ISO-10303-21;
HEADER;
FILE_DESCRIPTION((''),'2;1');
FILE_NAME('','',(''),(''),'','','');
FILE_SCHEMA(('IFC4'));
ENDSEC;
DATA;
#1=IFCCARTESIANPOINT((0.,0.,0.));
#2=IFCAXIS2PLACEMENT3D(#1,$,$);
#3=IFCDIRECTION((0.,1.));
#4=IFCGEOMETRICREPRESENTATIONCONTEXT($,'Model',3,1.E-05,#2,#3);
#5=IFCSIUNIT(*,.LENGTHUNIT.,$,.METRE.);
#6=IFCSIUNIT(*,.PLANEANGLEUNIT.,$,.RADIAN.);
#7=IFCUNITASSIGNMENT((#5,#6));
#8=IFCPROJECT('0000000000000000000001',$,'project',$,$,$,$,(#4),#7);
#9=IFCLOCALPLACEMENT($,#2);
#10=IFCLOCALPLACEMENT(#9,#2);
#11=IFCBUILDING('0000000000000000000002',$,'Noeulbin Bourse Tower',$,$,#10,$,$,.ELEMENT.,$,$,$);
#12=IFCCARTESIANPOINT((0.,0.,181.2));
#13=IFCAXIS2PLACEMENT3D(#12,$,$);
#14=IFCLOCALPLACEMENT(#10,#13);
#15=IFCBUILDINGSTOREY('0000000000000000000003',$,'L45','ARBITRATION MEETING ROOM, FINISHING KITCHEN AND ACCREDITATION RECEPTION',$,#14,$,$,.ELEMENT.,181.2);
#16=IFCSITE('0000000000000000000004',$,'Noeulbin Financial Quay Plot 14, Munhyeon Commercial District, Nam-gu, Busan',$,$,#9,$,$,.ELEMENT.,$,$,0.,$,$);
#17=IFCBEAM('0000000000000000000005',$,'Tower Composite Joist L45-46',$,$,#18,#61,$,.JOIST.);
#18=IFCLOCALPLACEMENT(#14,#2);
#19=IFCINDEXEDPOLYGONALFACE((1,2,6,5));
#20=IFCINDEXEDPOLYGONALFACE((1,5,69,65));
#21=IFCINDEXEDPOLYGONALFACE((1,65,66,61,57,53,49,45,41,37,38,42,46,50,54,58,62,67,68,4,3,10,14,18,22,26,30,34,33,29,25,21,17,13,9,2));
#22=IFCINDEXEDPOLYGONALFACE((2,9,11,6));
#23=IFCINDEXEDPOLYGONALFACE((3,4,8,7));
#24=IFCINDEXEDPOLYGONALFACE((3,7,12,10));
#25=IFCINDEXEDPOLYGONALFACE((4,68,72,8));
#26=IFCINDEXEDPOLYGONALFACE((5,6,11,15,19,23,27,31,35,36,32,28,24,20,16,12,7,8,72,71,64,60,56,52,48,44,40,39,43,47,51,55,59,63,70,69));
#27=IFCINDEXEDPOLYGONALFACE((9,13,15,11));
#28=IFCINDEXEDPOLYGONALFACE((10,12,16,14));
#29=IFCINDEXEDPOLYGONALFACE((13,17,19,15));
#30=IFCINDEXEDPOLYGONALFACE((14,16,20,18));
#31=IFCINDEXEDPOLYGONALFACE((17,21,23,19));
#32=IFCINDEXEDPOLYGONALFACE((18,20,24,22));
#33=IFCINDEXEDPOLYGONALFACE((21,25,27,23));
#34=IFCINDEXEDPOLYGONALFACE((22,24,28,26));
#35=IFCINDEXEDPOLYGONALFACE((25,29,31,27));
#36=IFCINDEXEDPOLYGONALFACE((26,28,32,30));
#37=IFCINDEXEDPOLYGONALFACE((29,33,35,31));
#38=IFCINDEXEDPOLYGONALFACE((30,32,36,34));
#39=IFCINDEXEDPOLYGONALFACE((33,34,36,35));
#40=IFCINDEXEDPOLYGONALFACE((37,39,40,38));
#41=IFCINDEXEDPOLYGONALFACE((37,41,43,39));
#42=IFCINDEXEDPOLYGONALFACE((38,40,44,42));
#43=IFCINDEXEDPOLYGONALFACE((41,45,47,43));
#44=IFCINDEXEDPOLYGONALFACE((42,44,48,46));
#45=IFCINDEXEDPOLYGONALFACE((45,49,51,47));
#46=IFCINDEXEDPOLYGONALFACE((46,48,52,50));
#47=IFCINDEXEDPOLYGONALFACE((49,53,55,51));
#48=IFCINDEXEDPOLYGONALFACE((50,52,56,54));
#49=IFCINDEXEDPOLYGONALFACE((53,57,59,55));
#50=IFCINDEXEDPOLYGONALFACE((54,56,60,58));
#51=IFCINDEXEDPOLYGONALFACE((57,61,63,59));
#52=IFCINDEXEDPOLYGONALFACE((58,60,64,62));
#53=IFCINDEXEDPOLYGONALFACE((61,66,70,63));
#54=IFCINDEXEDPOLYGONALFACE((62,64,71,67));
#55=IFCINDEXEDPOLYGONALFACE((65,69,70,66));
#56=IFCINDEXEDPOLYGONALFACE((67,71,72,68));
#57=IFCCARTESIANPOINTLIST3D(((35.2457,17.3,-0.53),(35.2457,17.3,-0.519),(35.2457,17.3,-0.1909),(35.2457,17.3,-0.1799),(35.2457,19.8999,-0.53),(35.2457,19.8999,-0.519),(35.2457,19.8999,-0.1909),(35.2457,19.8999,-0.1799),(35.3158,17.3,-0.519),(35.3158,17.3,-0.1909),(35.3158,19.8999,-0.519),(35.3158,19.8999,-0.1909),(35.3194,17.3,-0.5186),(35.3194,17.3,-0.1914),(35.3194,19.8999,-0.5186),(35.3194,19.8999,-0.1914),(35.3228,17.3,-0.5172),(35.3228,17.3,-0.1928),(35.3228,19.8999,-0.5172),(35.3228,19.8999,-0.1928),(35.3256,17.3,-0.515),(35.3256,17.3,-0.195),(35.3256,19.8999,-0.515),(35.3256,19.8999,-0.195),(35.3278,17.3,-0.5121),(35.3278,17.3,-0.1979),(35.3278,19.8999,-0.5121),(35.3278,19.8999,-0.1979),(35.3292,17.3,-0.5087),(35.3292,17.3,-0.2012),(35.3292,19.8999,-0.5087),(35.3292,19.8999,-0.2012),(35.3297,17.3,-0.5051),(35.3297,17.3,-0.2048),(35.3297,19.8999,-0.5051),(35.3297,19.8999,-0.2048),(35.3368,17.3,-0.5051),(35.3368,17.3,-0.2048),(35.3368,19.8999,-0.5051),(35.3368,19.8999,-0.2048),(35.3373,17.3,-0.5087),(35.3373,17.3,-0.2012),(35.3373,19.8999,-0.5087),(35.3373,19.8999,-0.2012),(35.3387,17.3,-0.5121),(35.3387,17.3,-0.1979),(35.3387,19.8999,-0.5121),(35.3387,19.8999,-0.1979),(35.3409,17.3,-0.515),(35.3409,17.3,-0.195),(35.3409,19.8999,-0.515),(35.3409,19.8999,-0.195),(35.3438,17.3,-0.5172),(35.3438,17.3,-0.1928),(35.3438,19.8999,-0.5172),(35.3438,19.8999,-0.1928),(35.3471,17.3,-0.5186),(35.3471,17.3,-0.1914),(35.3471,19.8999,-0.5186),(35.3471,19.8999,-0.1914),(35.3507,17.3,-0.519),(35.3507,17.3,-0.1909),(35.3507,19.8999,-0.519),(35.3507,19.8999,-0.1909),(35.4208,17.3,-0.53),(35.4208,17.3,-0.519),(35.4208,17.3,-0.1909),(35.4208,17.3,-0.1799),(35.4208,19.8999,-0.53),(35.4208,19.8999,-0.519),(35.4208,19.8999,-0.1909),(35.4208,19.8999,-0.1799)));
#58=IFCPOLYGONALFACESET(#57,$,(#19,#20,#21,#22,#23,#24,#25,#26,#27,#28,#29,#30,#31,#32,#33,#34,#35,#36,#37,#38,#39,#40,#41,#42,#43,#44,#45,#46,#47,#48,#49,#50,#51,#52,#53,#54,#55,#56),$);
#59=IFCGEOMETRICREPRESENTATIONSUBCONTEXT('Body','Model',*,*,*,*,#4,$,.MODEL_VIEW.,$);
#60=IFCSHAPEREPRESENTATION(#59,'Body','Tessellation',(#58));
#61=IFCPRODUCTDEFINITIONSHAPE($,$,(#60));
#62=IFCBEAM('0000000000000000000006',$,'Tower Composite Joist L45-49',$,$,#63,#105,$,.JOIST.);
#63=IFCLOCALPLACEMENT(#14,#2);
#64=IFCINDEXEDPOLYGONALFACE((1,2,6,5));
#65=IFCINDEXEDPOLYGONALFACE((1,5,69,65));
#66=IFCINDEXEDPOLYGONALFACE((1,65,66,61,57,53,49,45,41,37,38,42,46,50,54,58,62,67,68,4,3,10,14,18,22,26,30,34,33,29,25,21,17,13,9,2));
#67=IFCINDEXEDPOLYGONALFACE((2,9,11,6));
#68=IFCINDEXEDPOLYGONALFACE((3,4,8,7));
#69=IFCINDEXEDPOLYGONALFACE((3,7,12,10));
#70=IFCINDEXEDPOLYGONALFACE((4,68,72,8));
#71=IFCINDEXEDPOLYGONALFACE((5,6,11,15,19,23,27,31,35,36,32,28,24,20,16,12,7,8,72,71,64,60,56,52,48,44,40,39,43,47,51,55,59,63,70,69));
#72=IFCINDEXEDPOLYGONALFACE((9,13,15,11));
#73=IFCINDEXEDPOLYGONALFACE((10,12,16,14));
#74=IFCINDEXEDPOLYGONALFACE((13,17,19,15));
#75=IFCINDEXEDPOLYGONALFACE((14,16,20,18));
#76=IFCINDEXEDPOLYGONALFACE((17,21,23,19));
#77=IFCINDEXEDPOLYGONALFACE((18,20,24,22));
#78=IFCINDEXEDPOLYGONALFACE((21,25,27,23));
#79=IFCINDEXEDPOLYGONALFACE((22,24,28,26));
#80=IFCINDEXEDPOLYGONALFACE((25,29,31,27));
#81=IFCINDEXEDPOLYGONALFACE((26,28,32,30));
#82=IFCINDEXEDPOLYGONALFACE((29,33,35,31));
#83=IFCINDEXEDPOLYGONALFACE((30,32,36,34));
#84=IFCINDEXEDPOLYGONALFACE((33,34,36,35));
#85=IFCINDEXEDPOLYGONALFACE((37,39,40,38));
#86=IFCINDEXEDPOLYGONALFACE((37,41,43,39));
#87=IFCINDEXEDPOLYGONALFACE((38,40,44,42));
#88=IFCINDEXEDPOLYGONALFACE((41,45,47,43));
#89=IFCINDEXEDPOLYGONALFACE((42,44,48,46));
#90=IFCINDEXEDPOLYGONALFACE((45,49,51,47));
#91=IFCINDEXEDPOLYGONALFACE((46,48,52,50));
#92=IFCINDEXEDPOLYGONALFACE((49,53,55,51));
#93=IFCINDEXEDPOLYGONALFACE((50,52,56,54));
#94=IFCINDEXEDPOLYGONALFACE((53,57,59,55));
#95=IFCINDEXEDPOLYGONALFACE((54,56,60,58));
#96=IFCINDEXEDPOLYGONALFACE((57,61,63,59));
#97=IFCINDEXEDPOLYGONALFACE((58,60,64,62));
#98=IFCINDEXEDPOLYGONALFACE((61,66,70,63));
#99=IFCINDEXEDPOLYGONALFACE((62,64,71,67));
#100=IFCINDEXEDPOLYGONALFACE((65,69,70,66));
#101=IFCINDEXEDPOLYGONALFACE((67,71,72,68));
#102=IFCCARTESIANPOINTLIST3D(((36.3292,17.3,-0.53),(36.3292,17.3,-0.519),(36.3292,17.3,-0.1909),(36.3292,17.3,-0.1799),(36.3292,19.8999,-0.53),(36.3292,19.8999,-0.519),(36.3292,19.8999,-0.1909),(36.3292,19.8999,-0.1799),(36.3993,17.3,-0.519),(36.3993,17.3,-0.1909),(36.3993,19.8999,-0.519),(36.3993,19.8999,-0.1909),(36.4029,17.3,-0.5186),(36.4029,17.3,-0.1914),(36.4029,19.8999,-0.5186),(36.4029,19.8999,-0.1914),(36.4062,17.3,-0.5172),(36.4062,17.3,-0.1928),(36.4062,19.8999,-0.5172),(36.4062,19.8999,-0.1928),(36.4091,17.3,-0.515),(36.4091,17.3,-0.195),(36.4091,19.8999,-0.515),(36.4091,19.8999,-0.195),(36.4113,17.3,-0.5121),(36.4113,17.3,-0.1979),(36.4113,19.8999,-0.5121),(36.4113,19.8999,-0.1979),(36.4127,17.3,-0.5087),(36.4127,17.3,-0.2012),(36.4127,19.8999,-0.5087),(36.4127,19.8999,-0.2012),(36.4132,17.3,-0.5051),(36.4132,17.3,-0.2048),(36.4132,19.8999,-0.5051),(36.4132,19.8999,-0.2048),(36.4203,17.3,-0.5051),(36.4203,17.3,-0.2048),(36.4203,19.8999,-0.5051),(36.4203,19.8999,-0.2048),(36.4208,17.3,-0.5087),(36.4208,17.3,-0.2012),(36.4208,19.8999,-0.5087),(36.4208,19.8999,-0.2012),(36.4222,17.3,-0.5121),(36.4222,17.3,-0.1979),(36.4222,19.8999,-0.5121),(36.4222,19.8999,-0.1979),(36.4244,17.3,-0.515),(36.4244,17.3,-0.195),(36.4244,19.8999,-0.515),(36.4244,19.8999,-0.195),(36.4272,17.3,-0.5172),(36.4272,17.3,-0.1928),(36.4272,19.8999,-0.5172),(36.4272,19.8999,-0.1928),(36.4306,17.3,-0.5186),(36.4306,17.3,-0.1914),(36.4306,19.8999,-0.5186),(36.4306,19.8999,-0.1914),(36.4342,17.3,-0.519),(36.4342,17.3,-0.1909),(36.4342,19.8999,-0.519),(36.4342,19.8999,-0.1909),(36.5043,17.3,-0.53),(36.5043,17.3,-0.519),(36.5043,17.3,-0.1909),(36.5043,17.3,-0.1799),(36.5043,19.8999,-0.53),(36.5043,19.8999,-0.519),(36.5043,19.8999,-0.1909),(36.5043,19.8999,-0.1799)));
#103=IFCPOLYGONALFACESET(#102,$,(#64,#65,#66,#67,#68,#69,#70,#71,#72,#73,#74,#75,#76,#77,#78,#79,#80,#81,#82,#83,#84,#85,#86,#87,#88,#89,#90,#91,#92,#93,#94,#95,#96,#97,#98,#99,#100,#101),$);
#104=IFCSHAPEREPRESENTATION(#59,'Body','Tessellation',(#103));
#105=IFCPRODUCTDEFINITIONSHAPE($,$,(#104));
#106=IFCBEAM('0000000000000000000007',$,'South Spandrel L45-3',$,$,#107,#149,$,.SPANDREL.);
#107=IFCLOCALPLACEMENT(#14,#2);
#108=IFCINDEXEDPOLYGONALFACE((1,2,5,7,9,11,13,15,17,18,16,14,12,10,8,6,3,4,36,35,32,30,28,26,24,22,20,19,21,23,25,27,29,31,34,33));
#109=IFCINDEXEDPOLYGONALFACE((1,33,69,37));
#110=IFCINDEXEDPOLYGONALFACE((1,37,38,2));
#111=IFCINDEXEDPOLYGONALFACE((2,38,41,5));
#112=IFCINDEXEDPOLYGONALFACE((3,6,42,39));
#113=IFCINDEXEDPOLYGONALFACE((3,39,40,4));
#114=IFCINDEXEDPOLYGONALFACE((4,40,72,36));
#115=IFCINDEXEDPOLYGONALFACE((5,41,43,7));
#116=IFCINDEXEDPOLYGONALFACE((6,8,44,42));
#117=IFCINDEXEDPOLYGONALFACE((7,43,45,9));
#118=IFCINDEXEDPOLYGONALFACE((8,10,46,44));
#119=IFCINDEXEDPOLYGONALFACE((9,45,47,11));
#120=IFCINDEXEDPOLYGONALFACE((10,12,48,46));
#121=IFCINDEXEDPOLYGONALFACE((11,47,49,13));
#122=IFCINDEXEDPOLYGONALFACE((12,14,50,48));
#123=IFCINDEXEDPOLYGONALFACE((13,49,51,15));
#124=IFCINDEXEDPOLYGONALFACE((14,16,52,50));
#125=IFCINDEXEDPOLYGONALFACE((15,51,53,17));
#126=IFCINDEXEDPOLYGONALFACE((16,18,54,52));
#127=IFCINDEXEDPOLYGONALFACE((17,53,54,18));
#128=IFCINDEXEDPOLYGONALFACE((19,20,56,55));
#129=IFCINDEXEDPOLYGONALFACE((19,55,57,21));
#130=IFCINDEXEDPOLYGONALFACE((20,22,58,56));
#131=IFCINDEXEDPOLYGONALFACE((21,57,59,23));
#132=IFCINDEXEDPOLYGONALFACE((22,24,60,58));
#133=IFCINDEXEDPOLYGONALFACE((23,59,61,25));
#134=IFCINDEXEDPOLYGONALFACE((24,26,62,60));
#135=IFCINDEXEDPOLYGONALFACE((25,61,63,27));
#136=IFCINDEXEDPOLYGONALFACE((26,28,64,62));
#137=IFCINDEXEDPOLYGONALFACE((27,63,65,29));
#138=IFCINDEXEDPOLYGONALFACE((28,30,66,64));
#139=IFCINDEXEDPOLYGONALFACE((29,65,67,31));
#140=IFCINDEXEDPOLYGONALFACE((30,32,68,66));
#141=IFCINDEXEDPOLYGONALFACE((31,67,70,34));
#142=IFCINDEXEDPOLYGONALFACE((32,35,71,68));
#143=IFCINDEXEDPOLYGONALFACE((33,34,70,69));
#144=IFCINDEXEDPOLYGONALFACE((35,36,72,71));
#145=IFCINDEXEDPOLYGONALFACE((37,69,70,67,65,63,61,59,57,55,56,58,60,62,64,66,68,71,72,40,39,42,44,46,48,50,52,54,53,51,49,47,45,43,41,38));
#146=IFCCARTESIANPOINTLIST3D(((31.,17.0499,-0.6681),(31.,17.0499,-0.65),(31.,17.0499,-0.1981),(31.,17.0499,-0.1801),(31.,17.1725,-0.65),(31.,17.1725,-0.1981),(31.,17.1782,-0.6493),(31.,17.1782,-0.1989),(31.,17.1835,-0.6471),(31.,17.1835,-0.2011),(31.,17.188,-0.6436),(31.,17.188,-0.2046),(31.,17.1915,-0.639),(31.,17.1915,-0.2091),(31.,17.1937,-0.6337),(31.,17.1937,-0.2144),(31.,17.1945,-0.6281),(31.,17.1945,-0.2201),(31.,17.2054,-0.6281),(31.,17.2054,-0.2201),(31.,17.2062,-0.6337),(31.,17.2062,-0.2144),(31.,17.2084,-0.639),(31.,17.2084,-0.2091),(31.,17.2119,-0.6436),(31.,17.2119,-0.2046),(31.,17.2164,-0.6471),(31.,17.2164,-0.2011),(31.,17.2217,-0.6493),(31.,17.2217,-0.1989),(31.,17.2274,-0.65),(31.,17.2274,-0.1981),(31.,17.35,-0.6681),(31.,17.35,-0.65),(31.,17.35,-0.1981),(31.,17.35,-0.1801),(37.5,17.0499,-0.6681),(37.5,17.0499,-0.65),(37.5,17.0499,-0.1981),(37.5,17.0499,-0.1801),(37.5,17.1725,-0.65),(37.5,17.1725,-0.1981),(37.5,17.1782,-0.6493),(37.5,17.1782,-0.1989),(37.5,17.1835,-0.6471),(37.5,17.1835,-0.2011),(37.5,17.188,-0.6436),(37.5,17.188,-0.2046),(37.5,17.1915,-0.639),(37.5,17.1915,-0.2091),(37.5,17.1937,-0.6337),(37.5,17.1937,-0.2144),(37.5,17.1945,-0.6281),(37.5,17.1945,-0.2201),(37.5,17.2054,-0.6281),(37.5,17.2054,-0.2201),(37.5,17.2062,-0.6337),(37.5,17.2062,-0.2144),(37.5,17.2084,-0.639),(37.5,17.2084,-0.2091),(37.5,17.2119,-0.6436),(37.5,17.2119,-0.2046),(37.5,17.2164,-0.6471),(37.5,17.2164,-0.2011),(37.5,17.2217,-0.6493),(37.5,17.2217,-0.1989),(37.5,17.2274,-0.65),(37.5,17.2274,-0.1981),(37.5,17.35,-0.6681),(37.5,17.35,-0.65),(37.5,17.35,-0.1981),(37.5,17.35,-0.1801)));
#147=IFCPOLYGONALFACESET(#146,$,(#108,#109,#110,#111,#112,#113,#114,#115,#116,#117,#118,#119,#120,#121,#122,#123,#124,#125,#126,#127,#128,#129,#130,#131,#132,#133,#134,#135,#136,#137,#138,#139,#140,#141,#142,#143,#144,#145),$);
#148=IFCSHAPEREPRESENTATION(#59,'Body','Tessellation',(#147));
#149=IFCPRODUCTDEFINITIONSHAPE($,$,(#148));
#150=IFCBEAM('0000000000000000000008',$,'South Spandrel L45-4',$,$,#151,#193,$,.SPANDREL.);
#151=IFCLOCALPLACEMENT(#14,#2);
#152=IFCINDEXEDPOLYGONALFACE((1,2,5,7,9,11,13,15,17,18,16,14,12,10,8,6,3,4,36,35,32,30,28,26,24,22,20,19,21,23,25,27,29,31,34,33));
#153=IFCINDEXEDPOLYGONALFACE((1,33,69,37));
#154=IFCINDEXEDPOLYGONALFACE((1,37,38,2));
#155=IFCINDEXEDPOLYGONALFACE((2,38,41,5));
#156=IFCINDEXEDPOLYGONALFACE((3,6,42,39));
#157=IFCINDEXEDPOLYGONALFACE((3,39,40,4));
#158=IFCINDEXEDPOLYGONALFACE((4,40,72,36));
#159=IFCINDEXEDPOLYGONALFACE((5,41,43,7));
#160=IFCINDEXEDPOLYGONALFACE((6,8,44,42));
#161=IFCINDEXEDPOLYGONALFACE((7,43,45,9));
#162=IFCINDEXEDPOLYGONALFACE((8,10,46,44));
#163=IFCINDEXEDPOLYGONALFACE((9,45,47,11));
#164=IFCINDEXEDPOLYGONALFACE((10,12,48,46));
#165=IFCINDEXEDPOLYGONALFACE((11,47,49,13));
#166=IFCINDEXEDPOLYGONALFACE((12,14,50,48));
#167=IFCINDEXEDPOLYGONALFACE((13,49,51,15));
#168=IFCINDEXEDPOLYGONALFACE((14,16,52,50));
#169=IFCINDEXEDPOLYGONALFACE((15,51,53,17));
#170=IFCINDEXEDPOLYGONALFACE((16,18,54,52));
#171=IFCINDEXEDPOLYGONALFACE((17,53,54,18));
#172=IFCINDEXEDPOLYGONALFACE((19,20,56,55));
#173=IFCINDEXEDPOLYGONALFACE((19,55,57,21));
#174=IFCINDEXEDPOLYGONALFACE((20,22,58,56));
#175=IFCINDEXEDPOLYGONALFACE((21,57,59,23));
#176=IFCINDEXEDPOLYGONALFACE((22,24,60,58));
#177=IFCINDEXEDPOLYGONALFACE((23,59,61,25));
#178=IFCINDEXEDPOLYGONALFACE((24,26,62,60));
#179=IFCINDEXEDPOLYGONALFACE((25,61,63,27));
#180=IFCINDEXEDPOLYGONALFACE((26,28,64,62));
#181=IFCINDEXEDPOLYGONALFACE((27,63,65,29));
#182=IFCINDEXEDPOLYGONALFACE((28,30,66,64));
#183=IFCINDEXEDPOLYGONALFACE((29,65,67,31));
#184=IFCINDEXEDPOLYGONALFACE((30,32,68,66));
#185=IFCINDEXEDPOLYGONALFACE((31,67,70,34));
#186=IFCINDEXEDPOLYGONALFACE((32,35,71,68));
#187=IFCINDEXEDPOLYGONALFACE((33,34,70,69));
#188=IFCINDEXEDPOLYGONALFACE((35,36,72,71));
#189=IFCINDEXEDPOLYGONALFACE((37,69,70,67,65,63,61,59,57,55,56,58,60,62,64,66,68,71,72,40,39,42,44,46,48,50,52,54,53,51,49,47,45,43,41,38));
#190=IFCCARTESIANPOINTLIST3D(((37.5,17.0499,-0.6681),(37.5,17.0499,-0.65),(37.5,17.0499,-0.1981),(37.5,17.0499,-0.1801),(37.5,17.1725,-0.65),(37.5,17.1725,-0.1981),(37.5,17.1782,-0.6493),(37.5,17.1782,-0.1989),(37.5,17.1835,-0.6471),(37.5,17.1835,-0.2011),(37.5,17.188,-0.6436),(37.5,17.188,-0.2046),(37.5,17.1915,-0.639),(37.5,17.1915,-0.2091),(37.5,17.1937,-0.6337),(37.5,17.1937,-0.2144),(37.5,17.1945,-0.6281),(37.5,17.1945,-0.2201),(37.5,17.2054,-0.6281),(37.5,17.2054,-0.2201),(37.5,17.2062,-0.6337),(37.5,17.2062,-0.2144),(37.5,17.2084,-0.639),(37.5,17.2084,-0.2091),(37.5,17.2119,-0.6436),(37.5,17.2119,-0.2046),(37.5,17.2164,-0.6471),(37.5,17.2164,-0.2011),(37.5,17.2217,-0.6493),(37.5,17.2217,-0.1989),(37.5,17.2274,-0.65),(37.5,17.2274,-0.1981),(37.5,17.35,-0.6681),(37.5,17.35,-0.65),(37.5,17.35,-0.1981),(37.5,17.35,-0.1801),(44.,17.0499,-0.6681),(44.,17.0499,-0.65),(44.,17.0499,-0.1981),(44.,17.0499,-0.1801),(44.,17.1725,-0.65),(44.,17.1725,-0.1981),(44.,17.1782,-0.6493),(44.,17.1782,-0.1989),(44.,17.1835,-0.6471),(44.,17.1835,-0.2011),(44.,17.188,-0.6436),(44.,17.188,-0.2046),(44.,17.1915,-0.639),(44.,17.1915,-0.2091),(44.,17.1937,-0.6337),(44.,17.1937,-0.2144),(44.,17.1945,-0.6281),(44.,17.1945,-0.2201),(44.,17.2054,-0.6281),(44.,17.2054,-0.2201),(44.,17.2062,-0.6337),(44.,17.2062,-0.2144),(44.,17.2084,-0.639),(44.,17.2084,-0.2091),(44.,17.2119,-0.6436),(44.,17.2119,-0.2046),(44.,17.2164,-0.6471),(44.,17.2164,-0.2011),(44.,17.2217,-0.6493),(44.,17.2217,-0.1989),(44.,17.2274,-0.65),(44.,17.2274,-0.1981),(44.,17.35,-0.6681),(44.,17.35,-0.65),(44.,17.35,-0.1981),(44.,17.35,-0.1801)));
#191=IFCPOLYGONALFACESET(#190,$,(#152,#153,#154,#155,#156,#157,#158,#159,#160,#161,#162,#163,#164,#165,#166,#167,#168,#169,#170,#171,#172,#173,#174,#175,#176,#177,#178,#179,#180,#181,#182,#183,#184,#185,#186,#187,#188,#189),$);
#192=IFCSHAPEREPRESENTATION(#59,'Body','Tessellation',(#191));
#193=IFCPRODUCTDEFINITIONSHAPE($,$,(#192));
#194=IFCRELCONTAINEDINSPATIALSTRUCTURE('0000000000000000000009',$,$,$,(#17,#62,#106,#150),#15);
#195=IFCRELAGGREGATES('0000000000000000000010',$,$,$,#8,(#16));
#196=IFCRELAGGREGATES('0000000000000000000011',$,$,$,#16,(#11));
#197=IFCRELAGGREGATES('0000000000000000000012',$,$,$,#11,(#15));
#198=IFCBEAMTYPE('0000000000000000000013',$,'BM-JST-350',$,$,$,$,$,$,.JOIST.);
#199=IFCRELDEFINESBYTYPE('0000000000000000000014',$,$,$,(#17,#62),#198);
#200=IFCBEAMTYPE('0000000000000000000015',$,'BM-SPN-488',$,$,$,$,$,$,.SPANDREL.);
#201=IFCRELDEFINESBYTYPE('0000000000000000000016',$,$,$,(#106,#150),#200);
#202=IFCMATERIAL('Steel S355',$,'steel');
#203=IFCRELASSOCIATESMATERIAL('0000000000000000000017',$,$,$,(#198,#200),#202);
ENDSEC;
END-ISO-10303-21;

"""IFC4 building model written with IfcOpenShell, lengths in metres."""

from ifc_helpers import new_model, si_unit, direction, frame, origin, origin_2d, place, context, subcontext, project, spatial, i_section, extrude, material, material_profile, profile_set, type_object, element, save


model = new_model("IFC4")

# Units and contexts
model_context = context("Model", 3, precision=1e-05, world=origin(), true_north=direction((0.0, 1.0)))
body_context = subcontext(model_context, "Body", "Model", "MODEL_VIEW")
ifc_project = project(units=[si_unit("LENGTHUNIT", "METRE"), si_unit("PLANEANGLEUNIT", "RADIAN")], contexts=[model_context])

# Site, building, storey
site_placement = place(None, origin())
site = spatial("IfcSite", under=ifc_project, at=site_placement, Name="Noeulbin Financial Quay Plot 14, Munhyeon Commercial District, Nam-gu, Busan", CompositionType="ELEMENT", RefElevation=0.0)
building_placement = place(site_placement, origin())
building = spatial("IfcBuilding", under=site, at=building_placement, Name="Noeulbin Bourse Tower", CompositionType="ELEMENT")
storey_placement = place(building_placement, frame((0.0, 0.0, 181.2)))
storey = spatial("IfcBuildingStorey", under=building, at=storey_placement, Name="L45", Description="ARBITRATION MEETING ROOM, FINISHING KITCHEN AND ACCREDITATION RECEPTION", CompositionType="ELEMENT", Elevation=181.2)

# Shared definitions
ifc_material_1 = material(Name="Steel S355", Category="steel")

# Beams
ifc_material_profile_1 = material_profile(ifc_material_1, i_section(OverallWidth=0.175, OverallDepth=0.3501, WebThickness=0.0071, FlangeThickness=0.011, FilletRadius=0.0139, at=origin_2d()), Name="H-350x175x7x11", Category="LoadBearing")
ifc_profile_set_1 = profile_set([ifc_material_profile_1], Name="Steel S355")
beam_type_1 = type_object("IfcBeamType", Name="BM-JST-350", PredefinedType="JOIST", material=ifc_profile_set_1)
for number, where, z_axis, x_axis, name in (
    (1, (35.3333, 17.3, -0.355), (0.0, 1.0, 0.0), (-1.0, 0.0, 0.0), "Tower Composite Joist L45-46"),
    (2, (36.4167, 17.3, -0.355), (0.0, 1.0, 0.0), (-1.0, 0.0, 0.0), "Tower Composite Joist L45-49"),
):
    element("IfcBeam", number, at=place(storey_placement, frame(where, z_axis=z_axis, x_axis=x_axis)), inside=storey, type_object=beam_type_1, Name=name, PredefinedType="JOIST", context=body_context, shape_type="SweptSolid", body=[
        extrude(i_section(OverallWidth=0.175, OverallDepth=0.3501, WebThickness=0.0071, FlangeThickness=0.011, FilletRadius=0.0139, at=origin_2d()), origin(), (0.0, 0.0, 1.0), 2.5999),
    ])
ifc_material_profile_2 = material_profile(ifc_material_1, i_section(OverallWidth=0.3, OverallDepth=0.488, WebThickness=0.011, FlangeThickness=0.0181, FilletRadius=0.022, at=origin_2d()), Name="H-488x300x11x18", Category="LoadBearing")
ifc_profile_set_2 = profile_set([ifc_material_profile_2], Name="Steel S355")
beam_type_2 = type_object("IfcBeamType", Name="BM-SPN-488", PredefinedType="SPANDREL", material=ifc_profile_set_2)
for number, where, z_axis, x_axis, name in (
    (3, (31.0, 17.2, -0.4241), (1.0, 0.0, 0.0), (0.0, 1.0, 0.0), "South Spandrel L45-3"),
    (4, (37.5, 17.2, -0.4241), (1.0, 0.0, 0.0), (0.0, 1.0, 0.0), "South Spandrel L45-4"),
):
    element("IfcBeam", number, at=place(storey_placement, frame(where, z_axis=z_axis, x_axis=x_axis)), inside=storey, type_object=beam_type_2, Name=name, PredefinedType="SPANDREL", context=body_context, shape_type="SweptSolid", body=[
        extrude(i_section(OverallWidth=0.3, OverallDepth=0.488, WebThickness=0.011, FlangeThickness=0.0181, FilletRadius=0.022, at=origin_2d()), origin(), (0.0, 0.0, 1.0), 6.5),
    ])

save(model, "model.ifc")
